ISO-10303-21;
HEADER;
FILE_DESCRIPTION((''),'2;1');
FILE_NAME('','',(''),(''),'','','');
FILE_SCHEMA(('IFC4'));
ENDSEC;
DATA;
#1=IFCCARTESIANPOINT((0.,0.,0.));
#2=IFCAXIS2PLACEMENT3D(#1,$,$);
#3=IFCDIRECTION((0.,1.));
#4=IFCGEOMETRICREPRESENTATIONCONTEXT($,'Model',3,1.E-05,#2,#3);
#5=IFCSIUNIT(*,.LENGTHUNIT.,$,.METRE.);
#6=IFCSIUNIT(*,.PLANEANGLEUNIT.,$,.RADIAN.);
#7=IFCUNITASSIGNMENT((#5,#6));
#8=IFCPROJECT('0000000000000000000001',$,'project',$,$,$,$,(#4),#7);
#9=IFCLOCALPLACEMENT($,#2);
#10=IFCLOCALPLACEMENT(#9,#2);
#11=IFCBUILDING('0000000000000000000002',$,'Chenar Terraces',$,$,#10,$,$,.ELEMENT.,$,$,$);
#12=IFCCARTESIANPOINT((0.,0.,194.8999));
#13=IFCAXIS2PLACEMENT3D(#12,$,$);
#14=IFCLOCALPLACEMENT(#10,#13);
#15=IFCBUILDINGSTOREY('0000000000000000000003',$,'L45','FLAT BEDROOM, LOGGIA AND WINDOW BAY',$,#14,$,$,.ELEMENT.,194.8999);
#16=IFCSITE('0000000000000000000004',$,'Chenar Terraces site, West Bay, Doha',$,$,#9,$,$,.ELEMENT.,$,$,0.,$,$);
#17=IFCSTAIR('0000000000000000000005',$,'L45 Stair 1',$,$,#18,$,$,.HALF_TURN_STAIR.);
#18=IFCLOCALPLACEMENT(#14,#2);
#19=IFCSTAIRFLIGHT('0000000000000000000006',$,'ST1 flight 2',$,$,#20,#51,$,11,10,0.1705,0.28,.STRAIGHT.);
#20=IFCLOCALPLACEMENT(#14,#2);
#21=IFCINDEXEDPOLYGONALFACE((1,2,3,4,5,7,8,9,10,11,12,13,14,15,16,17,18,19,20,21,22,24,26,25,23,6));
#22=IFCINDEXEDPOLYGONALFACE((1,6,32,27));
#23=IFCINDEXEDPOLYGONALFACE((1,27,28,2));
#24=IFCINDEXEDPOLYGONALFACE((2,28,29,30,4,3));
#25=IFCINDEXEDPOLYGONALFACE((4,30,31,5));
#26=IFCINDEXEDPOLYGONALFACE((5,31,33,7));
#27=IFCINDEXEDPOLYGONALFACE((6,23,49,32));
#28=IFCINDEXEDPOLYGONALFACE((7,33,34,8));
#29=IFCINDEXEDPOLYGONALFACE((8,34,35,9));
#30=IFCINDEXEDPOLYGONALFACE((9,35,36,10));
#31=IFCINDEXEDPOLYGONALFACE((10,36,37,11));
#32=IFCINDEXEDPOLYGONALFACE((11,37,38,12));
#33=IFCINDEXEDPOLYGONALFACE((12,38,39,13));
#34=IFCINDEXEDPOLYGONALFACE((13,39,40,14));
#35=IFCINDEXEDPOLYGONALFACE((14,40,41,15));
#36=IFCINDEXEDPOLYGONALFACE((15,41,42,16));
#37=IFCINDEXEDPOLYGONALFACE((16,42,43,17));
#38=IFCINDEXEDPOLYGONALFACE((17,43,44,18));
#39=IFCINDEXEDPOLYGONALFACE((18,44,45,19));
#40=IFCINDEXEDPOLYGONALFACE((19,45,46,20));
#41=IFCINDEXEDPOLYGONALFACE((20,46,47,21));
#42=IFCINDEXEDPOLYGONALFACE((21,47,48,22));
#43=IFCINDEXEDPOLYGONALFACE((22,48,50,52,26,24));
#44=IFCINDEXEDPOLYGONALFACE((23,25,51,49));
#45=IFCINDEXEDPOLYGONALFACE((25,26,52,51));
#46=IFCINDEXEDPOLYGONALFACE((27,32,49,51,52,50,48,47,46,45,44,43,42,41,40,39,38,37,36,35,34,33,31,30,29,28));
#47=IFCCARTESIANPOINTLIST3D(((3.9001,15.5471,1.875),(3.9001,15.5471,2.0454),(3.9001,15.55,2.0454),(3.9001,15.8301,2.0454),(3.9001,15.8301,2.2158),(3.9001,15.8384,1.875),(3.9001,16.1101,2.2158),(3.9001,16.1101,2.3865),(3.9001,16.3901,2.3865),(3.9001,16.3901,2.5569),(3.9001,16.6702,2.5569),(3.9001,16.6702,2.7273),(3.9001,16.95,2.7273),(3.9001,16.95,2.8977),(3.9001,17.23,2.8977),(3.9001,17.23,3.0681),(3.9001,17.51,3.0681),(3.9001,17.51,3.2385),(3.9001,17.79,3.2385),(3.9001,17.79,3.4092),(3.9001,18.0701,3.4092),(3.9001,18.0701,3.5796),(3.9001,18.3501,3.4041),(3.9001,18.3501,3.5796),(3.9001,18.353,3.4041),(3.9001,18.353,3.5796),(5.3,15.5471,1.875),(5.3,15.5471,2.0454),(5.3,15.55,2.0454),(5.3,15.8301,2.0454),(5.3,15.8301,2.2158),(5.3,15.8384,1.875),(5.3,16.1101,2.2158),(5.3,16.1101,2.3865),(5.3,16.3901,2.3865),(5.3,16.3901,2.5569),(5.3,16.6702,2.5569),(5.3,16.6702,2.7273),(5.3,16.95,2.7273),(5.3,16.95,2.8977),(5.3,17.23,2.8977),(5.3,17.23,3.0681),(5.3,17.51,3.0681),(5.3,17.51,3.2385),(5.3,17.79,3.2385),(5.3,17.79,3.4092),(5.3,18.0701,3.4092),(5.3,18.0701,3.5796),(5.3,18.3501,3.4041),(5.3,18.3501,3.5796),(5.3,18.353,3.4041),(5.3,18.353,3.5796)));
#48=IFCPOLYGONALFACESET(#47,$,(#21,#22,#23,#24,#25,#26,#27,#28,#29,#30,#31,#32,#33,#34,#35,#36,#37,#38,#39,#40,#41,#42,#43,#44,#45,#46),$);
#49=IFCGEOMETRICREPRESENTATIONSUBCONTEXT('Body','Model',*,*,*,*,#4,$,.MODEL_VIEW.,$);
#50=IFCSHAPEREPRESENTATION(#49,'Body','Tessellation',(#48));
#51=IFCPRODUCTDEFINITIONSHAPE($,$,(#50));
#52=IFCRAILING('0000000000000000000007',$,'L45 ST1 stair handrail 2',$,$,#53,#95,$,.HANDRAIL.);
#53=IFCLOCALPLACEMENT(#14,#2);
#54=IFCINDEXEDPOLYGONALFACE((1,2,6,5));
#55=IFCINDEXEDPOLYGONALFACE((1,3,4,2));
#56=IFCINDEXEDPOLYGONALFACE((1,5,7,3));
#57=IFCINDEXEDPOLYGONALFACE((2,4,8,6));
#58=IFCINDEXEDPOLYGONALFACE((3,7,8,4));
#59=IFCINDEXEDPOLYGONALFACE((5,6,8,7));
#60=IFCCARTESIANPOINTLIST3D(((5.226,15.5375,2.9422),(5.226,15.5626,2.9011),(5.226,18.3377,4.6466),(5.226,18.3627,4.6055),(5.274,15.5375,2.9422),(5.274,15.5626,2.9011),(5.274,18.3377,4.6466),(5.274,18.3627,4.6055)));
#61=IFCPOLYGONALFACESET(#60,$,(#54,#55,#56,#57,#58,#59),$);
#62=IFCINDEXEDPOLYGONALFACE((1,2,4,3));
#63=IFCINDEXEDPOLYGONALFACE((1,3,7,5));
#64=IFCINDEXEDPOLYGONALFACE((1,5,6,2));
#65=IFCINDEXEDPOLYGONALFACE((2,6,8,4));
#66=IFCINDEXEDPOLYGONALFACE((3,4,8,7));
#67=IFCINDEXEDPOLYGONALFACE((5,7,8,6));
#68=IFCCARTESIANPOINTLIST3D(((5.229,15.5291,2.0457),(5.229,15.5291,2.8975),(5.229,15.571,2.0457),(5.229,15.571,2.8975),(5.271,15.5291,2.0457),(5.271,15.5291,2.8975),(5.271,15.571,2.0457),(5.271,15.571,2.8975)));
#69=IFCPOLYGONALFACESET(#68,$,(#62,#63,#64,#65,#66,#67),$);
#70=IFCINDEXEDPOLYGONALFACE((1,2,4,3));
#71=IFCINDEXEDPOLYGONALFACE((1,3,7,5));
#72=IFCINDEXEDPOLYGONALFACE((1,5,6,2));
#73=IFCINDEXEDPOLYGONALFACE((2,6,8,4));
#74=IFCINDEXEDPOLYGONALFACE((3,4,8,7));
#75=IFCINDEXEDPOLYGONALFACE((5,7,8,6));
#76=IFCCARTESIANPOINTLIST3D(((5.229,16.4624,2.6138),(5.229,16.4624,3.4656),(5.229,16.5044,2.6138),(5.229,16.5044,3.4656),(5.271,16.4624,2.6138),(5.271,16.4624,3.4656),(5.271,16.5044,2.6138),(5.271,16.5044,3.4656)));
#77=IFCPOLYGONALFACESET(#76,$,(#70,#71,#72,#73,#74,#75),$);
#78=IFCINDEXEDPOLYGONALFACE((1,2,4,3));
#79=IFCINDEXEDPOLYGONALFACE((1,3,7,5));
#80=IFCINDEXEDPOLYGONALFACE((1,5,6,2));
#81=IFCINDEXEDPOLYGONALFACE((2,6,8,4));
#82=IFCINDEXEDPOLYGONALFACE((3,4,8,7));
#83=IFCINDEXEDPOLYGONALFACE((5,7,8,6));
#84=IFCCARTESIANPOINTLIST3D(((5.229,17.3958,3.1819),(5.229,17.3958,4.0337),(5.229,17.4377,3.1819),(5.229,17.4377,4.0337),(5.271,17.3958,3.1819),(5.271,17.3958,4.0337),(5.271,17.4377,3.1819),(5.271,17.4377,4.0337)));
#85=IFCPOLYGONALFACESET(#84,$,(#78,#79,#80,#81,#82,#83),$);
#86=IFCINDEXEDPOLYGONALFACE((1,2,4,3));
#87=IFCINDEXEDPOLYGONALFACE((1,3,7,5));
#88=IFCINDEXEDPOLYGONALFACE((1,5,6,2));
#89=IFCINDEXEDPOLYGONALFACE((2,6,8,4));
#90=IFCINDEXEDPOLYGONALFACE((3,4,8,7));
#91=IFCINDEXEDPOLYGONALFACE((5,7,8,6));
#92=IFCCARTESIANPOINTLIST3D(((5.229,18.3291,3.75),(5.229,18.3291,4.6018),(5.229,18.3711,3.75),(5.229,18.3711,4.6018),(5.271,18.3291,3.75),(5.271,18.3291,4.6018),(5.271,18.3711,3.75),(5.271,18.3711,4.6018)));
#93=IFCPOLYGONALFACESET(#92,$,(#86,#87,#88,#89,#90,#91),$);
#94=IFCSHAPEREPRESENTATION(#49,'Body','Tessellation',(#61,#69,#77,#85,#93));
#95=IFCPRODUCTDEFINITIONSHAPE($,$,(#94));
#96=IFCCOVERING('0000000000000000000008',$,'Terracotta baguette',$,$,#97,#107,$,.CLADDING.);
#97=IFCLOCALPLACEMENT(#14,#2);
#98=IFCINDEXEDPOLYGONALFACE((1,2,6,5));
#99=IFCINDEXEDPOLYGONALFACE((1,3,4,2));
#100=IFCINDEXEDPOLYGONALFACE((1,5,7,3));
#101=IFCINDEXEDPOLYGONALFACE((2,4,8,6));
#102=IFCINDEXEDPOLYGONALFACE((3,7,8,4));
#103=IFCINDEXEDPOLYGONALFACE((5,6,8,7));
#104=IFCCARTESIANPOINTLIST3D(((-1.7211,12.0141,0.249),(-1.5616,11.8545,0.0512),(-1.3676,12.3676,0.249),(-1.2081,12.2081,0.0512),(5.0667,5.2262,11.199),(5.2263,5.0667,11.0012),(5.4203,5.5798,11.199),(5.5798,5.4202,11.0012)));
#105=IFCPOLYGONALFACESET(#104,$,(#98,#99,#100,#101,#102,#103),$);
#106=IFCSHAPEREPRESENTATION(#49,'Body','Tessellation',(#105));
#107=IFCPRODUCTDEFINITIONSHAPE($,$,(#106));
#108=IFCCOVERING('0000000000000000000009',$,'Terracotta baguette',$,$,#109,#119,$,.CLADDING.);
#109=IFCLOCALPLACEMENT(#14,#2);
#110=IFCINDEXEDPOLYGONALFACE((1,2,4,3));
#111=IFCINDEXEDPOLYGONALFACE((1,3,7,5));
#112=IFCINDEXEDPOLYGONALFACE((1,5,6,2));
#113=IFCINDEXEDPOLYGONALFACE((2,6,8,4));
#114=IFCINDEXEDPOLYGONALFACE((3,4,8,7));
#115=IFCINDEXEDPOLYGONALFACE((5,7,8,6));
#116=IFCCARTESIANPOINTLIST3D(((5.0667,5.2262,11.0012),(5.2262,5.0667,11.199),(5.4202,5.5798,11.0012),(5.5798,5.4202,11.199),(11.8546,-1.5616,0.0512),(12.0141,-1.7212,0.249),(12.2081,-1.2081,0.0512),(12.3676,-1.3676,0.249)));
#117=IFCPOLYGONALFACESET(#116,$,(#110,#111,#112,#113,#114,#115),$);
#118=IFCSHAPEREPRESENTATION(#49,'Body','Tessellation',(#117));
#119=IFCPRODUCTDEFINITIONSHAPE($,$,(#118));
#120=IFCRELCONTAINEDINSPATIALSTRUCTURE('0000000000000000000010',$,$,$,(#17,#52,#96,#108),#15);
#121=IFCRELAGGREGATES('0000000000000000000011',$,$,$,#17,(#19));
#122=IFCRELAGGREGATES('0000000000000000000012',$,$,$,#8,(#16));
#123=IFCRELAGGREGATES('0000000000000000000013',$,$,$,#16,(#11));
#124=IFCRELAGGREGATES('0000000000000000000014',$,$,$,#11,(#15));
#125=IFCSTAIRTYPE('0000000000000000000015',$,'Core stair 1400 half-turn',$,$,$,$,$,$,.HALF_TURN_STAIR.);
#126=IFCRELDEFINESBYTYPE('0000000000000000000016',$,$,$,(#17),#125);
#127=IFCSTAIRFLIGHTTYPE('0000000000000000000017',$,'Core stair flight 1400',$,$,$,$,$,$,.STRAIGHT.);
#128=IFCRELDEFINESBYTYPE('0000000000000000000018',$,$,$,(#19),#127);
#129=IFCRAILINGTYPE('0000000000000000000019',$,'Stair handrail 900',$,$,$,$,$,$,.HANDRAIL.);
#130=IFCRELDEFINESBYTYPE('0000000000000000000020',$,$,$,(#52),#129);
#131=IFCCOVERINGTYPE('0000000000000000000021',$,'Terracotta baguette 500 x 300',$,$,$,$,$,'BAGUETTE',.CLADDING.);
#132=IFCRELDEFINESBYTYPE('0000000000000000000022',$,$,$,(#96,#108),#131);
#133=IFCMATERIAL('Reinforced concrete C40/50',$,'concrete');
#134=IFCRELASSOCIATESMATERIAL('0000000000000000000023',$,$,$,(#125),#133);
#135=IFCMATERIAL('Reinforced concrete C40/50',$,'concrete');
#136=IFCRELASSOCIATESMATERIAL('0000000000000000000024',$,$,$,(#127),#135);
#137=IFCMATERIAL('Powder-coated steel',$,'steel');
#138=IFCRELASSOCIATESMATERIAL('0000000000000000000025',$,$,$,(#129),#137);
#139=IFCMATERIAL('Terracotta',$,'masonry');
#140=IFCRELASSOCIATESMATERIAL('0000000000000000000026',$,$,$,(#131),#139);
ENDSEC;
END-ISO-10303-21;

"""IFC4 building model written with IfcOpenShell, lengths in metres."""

from ifc_helpers import new_model, si_unit, direction, frame, origin, origin_2d, place, context, subcontext, project, spatial, polyline, rectangle, outline, extrude, material, material_profile, profile_set, type_object, element, aggregate, save


model = new_model("IFC4")

# Units and contexts
model_context = context("Model", 3, precision=1e-05, world=origin(), true_north=direction((0.0, 1.0)))
body_context = subcontext(model_context, "Body", "Model", "MODEL_VIEW")
ifc_project = project(units=[si_unit("LENGTHUNIT", "METRE"), si_unit("PLANEANGLEUNIT", "RADIAN")], contexts=[model_context])

# Site, building, storey
site_placement = place(None, origin())
site = spatial("IfcSite", under=ifc_project, at=site_placement, Name="Chenar Terraces site, West Bay, Doha", CompositionType="ELEMENT", RefElevation=0.0)
building_placement = place(site_placement, origin())
building = spatial("IfcBuilding", under=site, at=building_placement, Name="Chenar Terraces", CompositionType="ELEMENT")
storey_placement = place(building_placement, frame((0.0, 0.0, 194.8999)))
storey = spatial("IfcBuildingStorey", under=building, at=storey_placement, Name="L45", Description="FLAT BEDROOM, LOGGIA AND WINDOW BAY", CompositionType="ELEMENT", Elevation=194.8999)

# Stair
ifc_material_1 = material(Name="Reinforced concrete C40/50", Category="concrete")
stair_type = type_object("IfcStairType", Name="Core stair 1400 half-turn", PredefinedType="HALF_TURN_STAIR", material=ifc_material_1)
placement_1 = place(storey_placement, origin())
stair_1 = element("IfcStair", 1, at=placement_1, inside=storey, type_object=stair_type, Name="L45 Stair 1", PredefinedType="HALF_TURN_STAIR")

# Stair flight
ifc_material_2 = material(Name="Reinforced concrete C40/50", Category="concrete")
stair_flight_type = type_object("IfcStairFlightType", Name="Core stair flight 1400", PredefinedType="STRAIGHT", material=ifc_material_2)
stair_flight_placement = place(storey_placement, frame((4.6001, 15.55, 1.875), z_axis=(0.0, 0.0, 1.0), x_axis=(0.0, 1.0, 0.0)))
stair_flight = element("IfcStairFlight", 2, at=stair_flight_placement, type_object=stair_flight_type, Name="ST1 flight 2", NumberOfRisers=11, NumberOfTreads=10, PredefinedType="STRAIGHT", RiserHeight=0.1705, TreadLength=0.28, context=body_context, shape_type="SweptSolid", body=[
    extrude(outline(polyline([(-0.0029, 0.0), (-0.0029, 0.1704), (0.0, 0.1704), (0.28, 0.1704), (0.28, 0.3408), (0.5601, 0.3408), (0.5601, 0.5115), (0.8401, 0.5115), (0.8401, 0.6819), (1.1201, 0.6819), (1.1201, 0.8523), (1.3999, 0.8523), (1.3999, 1.0227), (1.6799, 1.0227), (1.6799, 1.1931), (1.96, 1.1931), (1.96, 1.3635), (2.24, 1.3635), (2.24, 1.5342), (2.52, 1.5342), (2.52, 1.7046), (2.8, 1.7046), (2.803, 1.7046), (2.803, 1.5291), (2.8, 1.5291), (0.2883, 0.0), (-0.0029, 0.0)])), frame((0.0, 0.7, 0.0), z_axis=(0.0, -1.0, 0.0), x_axis=(1.0, 0.0, 0.0)), (0.0, 0.0, 1.0), 1.3999),
])
aggregate(stair_1, [stair_flight])

# Railing
ifc_material_3 = material(Name="Powder-coated steel", Category="steel")
railing_type = type_object("IfcRailingType", Name="Stair handrail 900", PredefinedType="HANDRAIL", material=ifc_material_3)
railing_placement = place(storey_placement, frame((5.25, 15.55, 2.0457)))
element("IfcRailing", 3, at=railing_placement, inside=storey, type_object=railing_type, Name="L45 ST1 stair handrail 2", PredefinedType="HANDRAIL", context=body_context, shape_type="SweptSolid", body=[
    extrude(rectangle(XDim=0.0481, YDim=0.0481, at=origin_2d()), frame((0.0, 0.0, 0.876), z_axis=(0.0, 0.854203, 0.51994), x_axis=(-1.0, 0.0, 0.0)), (0.0, 0.0, 1.0), 3.2781),
    extrude(rectangle(XDim=0.042, YDim=0.042, at=origin_2d()), origin(), (0.0, 0.0, 1.0), 0.8518),
    extrude(rectangle(XDim=0.042, YDim=0.042, at=origin_2d()), frame((0.0, 0.9333, 0.5681)), (0.0, 0.0, 1.0), 0.8518),
    extrude(rectangle(XDim=0.042, YDim=0.042, at=origin_2d()), frame((0.0, 1.8667, 1.1362)), (0.0, 0.0, 1.0), 0.8518),
    extrude(rectangle(XDim=0.042, YDim=0.042, at=origin_2d()), frame((0.0, 2.8, 1.7043)), (0.0, 0.0, 1.0), 0.8518),
])

# Coverings
ifc_material_4 = material(Name="Terracotta", Category="masonry")
ifc_material_profile = material_profile(ifc_material_4, rectangle(XDim=0.5, YDim=0.3, at=origin_2d()), Name="Terracotta baguette 500 x 300")
ifc_profile_set = profile_set([ifc_material_profile], Name="Terracotta")
covering_type = type_object("IfcCoveringType", Name="Terracotta baguette 500 x 300", ElementType="BAGUETTE", PredefinedType="CLADDING", material=ifc_profile_set)
for number, where, z_axis, x_axis, name in (
    (4, (-1.4646, 12.1111, 0.1501), (0.466135, -0.466135, 0.751955), (0.707107, 0.707107, 0.0), "Terracotta baguette"),
    (5, (5.3232, 5.3232, 11.1001), (0.466135, -0.466135, -0.751955), (0.707107, 0.707107, 0.0), "Terracotta baguette"),
):
    element("IfcCovering", number, at=place(storey_placement, frame(where, z_axis=z_axis, x_axis=x_axis)), inside=storey, type_object=covering_type, Name=name, PredefinedType="CLADDING", context=body_context, shape_type="SweptSolid", body=[
        extrude(rectangle(XDim=0.5, YDim=0.3, at=origin_2d()), origin(), (0.0, 0.0, 1.0), 14.562),
    ])

save(model, "model.ifc")
